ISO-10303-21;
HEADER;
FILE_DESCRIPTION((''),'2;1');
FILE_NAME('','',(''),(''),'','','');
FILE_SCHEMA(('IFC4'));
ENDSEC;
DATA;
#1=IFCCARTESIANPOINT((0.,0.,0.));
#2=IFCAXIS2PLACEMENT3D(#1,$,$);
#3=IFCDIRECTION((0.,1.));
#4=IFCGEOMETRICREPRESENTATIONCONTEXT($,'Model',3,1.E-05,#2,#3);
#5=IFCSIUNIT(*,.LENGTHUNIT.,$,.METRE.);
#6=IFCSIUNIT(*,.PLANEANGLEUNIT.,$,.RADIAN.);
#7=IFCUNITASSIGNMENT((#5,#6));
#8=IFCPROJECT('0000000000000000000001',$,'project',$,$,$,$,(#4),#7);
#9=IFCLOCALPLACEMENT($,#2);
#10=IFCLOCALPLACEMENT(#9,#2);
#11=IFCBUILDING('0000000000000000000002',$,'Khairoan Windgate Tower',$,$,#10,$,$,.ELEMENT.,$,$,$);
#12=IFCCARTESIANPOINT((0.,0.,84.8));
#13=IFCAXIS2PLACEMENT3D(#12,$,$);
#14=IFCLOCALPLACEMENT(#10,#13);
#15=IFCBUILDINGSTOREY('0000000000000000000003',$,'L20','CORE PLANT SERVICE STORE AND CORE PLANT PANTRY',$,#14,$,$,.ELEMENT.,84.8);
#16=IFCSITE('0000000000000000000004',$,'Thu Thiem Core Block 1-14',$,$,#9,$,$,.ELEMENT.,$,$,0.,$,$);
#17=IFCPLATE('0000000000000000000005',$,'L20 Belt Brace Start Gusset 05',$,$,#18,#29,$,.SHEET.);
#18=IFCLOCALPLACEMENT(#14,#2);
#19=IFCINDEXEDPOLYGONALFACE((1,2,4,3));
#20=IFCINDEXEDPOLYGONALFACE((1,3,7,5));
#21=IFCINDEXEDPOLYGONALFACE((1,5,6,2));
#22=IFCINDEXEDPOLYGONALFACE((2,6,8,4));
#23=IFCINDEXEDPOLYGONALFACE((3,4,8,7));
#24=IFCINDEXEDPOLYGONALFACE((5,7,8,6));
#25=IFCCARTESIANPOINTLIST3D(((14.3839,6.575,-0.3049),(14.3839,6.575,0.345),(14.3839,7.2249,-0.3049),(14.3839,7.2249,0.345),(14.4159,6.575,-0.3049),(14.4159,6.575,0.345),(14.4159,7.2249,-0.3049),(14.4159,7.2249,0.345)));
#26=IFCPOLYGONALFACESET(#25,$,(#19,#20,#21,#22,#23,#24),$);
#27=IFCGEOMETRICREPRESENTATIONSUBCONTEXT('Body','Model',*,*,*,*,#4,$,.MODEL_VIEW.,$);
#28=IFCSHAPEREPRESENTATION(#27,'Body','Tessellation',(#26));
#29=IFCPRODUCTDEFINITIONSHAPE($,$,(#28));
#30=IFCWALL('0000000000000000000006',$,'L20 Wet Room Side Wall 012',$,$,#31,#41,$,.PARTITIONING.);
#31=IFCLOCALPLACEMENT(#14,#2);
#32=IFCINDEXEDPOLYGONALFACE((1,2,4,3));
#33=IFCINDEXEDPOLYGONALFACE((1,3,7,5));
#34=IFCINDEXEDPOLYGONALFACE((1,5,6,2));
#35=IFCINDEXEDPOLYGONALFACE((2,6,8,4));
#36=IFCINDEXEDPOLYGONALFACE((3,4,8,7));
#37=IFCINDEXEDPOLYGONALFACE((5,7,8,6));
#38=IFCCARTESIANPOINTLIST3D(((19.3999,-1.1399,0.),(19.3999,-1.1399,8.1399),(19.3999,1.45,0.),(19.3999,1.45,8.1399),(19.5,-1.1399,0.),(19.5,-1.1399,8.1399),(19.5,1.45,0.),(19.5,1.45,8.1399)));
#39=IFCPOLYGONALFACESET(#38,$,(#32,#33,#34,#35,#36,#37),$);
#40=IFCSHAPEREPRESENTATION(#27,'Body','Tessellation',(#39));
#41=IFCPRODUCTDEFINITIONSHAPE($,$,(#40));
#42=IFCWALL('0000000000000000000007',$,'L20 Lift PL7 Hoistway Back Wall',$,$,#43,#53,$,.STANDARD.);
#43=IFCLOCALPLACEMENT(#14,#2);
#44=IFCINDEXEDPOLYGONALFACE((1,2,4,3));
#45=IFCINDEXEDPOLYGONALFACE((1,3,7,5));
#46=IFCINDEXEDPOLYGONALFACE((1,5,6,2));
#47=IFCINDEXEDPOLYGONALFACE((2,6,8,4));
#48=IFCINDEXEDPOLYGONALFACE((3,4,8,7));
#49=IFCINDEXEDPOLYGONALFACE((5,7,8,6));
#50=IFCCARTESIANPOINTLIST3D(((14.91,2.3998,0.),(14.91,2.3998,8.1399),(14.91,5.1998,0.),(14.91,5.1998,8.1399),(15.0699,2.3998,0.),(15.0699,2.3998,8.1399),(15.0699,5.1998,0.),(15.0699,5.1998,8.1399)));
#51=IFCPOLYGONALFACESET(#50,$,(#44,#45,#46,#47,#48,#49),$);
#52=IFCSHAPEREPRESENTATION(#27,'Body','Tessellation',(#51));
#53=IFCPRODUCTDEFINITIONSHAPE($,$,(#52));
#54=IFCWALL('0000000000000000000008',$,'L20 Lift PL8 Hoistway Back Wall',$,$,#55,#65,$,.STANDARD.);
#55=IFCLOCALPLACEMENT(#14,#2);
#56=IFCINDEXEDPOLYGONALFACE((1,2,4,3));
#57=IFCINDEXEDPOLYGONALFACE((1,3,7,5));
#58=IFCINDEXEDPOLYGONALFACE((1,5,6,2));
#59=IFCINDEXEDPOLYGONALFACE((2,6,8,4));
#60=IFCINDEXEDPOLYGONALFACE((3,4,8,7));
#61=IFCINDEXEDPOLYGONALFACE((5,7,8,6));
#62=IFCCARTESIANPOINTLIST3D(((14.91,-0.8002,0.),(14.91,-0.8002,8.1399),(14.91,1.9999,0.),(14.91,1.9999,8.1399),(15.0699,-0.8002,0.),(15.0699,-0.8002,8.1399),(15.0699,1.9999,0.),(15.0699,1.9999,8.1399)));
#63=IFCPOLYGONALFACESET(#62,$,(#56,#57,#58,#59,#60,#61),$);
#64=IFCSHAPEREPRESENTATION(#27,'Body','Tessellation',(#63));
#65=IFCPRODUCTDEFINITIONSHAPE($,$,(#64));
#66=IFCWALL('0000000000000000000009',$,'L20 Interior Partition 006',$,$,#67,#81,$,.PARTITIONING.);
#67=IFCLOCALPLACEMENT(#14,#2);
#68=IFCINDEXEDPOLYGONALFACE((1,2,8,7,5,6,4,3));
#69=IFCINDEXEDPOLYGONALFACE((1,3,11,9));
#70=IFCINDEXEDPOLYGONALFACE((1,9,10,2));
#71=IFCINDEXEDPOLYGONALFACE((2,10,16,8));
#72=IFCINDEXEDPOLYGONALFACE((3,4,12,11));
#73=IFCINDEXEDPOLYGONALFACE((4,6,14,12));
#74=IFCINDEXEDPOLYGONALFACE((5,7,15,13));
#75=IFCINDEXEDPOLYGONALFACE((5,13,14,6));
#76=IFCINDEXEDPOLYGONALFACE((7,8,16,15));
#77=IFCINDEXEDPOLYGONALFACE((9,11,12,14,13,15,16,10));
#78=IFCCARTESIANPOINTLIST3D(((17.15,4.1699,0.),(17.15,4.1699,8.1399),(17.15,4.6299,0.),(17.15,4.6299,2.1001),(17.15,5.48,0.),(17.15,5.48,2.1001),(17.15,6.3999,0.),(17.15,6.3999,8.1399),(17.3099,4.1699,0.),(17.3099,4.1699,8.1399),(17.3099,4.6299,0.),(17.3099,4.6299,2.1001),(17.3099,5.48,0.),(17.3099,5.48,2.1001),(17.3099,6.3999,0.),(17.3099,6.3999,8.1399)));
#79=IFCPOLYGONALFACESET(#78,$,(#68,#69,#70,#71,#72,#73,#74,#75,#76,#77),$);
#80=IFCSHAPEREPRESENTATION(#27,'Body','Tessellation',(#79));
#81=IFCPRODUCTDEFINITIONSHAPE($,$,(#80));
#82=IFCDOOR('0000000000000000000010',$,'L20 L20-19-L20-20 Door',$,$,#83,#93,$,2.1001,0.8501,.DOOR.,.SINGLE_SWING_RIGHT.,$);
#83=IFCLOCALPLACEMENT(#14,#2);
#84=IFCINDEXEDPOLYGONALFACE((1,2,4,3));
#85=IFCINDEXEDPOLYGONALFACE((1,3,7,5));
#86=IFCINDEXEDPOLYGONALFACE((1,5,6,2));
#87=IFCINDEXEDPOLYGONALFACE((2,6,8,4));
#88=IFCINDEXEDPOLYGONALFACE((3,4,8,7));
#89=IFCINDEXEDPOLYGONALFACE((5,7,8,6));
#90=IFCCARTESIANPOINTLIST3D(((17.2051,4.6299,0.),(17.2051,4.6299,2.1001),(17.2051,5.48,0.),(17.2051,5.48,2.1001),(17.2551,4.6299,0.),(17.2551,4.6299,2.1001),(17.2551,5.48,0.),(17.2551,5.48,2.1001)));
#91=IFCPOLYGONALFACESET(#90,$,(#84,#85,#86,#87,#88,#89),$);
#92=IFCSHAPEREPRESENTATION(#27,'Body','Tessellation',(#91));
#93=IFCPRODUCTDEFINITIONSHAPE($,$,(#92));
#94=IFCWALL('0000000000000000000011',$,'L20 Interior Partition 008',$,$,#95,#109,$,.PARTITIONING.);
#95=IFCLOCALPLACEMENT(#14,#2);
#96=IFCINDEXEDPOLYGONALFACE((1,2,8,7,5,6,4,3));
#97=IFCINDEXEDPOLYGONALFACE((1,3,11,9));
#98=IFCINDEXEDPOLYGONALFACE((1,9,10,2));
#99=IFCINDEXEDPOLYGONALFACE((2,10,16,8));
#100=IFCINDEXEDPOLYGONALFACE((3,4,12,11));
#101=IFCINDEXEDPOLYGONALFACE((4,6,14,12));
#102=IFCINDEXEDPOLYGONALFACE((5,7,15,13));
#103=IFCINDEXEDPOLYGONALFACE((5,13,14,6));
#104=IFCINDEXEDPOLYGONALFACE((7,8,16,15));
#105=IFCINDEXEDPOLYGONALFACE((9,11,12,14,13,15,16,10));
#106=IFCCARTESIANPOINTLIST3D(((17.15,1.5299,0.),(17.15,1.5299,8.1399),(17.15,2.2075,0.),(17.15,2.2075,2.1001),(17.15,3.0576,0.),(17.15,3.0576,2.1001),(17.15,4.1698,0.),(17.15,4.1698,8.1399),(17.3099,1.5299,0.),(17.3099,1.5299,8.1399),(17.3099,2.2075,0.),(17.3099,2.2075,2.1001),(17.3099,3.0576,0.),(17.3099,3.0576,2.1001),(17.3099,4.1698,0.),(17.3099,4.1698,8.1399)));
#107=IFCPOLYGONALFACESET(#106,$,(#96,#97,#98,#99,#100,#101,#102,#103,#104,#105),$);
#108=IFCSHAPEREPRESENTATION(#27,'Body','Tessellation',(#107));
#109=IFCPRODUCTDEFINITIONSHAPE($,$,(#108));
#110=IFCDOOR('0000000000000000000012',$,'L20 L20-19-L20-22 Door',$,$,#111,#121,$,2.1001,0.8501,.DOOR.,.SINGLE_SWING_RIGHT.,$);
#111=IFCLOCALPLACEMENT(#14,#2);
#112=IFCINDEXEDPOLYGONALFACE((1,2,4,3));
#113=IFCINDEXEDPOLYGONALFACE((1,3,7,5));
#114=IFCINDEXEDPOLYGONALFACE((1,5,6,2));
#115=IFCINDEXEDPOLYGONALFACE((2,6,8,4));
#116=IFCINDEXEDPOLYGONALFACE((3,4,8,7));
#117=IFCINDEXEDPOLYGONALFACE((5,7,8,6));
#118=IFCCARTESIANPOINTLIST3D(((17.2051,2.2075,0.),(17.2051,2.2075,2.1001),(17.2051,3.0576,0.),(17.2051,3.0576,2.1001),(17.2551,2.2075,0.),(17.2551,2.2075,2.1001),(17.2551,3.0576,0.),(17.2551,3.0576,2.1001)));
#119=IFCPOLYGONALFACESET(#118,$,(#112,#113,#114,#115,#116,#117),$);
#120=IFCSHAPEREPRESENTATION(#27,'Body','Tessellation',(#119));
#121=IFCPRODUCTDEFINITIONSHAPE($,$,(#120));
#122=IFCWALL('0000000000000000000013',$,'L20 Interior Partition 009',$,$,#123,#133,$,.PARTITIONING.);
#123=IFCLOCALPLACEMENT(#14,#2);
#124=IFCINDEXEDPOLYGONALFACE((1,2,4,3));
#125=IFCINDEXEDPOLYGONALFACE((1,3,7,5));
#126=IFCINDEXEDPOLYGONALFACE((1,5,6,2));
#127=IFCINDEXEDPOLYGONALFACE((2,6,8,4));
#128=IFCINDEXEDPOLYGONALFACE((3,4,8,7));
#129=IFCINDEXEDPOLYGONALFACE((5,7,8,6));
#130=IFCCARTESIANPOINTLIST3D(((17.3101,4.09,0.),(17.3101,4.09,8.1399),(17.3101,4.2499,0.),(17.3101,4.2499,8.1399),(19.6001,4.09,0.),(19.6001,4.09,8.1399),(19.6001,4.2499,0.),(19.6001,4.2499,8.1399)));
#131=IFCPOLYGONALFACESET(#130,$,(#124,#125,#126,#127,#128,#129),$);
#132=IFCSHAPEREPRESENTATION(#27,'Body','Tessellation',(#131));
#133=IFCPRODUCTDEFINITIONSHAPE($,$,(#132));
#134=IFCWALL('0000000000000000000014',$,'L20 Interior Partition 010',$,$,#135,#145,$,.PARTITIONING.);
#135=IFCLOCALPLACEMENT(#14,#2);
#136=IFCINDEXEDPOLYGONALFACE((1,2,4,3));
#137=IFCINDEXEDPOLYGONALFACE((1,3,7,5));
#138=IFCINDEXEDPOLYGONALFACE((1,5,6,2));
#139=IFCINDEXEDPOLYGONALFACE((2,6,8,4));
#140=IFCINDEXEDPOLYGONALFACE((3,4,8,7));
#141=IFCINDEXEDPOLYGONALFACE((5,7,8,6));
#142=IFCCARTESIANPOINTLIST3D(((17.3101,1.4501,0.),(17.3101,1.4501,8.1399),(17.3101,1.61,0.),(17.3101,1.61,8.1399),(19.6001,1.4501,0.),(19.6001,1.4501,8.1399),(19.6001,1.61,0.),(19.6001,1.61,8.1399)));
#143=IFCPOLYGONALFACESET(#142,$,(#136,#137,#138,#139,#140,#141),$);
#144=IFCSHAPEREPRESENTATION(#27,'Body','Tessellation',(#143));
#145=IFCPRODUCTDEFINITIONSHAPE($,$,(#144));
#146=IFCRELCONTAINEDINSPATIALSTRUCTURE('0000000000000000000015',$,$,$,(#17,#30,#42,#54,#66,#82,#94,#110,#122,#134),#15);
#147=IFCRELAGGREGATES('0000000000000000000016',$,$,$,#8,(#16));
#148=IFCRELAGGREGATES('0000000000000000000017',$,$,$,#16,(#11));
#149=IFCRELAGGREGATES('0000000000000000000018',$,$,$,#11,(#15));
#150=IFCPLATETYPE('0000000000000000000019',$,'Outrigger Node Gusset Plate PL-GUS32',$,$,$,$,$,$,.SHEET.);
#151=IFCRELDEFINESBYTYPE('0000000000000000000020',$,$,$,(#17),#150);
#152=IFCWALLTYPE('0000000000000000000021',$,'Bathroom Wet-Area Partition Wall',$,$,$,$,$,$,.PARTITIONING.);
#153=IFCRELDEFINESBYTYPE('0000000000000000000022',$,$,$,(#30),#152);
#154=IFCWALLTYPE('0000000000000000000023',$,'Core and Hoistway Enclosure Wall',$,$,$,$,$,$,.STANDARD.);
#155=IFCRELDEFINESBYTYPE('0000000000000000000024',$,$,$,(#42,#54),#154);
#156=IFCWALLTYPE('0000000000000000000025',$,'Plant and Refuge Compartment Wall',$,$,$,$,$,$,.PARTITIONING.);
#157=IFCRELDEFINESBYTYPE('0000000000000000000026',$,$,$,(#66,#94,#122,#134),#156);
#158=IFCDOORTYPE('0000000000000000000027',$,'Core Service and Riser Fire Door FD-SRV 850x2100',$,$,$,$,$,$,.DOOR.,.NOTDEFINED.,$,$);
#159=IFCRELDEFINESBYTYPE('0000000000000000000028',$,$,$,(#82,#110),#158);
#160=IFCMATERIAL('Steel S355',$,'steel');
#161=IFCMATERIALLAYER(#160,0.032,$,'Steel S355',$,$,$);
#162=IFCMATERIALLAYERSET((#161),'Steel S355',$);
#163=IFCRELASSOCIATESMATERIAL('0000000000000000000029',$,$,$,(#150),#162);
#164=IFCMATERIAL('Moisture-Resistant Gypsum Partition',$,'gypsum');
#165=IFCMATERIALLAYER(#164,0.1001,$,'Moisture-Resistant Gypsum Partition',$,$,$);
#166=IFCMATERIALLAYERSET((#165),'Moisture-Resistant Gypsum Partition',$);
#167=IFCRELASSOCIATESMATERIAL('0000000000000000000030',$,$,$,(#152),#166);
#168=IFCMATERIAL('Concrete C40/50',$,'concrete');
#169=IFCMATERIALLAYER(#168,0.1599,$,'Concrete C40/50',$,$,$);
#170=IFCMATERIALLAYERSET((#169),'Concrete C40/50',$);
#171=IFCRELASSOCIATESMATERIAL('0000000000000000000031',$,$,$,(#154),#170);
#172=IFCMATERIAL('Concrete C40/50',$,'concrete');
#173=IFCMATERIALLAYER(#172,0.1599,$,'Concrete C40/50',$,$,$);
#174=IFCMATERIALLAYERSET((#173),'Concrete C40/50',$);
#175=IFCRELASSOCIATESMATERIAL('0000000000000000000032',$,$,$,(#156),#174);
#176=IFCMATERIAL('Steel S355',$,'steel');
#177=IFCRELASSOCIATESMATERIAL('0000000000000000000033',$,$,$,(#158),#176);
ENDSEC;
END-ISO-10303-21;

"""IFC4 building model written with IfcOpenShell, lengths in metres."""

from ifc_helpers import new_model, si_unit, direction, frame, frame_2d, origin, origin_2d, place, context, subcontext, project, spatial, rectangle, extrude, material, layer, layer_set, type_object, element, fill, save


model = new_model("IFC4")

# Units and contexts
model_context = context("Model", 3, precision=1e-05, world=origin(), true_north=direction((0.0, 1.0)))
body_context = subcontext(model_context, "Body", "Model", "MODEL_VIEW")
ifc_project = project(units=[si_unit("LENGTHUNIT", "METRE"), si_unit("PLANEANGLEUNIT", "RADIAN")], contexts=[model_context])

# Site, building, storey
site_placement = place(None, origin())
site = spatial("IfcSite", under=ifc_project, at=site_placement, Name="Thu Thiem Core Block 1-14", CompositionType="ELEMENT", RefElevation=0.0)
building_placement = place(site_placement, origin())
building = spatial("IfcBuilding", under=site, at=building_placement, Name="Khairoan Windgate Tower", CompositionType="ELEMENT")
storey_placement = place(building_placement, frame((0.0, 0.0, 84.8)))
storey = spatial("IfcBuildingStorey", under=building, at=storey_placement, Name="L20", Description="CORE PLANT SERVICE STORE AND CORE PLANT PANTRY", CompositionType="ELEMENT", Elevation=84.8)

# Plate
ifc_material_1 = material(Name="Steel S355", Category="steel")
ifc_layer_1 = layer(ifc_material_1, 0.032, Name="Steel S355")
ifc_layer_set_1 = layer_set([ifc_layer_1], Name="Steel S355")
plate_type_1 = type_object("IfcPlateType", Name="Outrigger Node Gusset Plate PL-GUS32", PredefinedType="SHEET", material=ifc_layer_set_1)
plate_placement = place(storey_placement, frame((14.3999, 6.8999, -0.3049), z_axis=(0.0, 0.0, 1.0), x_axis=(1.0, 0.0, 0.0)))
element("IfcPlate", 1, at=plate_placement, inside=storey, type_object=plate_type_1, Name="L20 Belt Brace Start Gusset 05", PredefinedType="SHEET", context=body_context, shape_type="SweptSolid", body=[
    extrude(rectangle(XDim=0.032, YDim=0.6499, at=origin_2d()), origin(), (0.0, 0.0, 1.0), 0.6499),
])

# Walls
ifc_material_2 = material(Name="Moisture-Resistant Gypsum Partition", Category="gypsum")
ifc_layer_2 = layer(ifc_material_2, 0.1001, Name="Moisture-Resistant Gypsum Partition")
ifc_layer_set_2 = layer_set([ifc_layer_2], Name="Moisture-Resistant Gypsum Partition")
wall_type_1 = type_object("IfcWallType", Name="Bathroom Wet-Area Partition Wall", PredefinedType="PARTITIONING", material=ifc_layer_set_2)
wall_1_placement = place(storey_placement, frame((19.45, 1.45, 0.0), z_axis=(0.0, 0.0, 1.0), x_axis=(0.0, -1.0, 0.0)))
element("IfcWall", 2, at=wall_1_placement, inside=storey, type_object=wall_type_1, Name="L20 Wet Room Side Wall 012", PredefinedType="PARTITIONING", context=body_context, shape_type="SweptSolid", body=[
    extrude(rectangle(XDim=2.5898, YDim=0.1001, at=frame_2d((1.2949, 0.0))), origin(), (0.0, 0.0, 1.0), 8.1399),
])
ifc_material_3 = material(Name="Concrete C40/50", Category="concrete")
ifc_layer_3 = layer(ifc_material_3, 0.1599, Name="Concrete C40/50")
ifc_layer_set_3 = layer_set([ifc_layer_3], Name="Concrete C40/50")
wall_type_2 = type_object("IfcWallType", Name="Core and Hoistway Enclosure Wall", PredefinedType="STANDARD", material=ifc_layer_set_3)
for number, where, z_axis, x_axis, name in (
    (3, (14.99, 2.3999, 0.0), (0.0, 0.0, 1.0), (0.0, 1.0, 0.0), "L20 Lift PL7 Hoistway Back Wall"),
    (4, (14.99, -0.8, 0.0), (0.0, 0.0, 1.0), (0.0, 1.0, 0.0), "L20 Lift PL8 Hoistway Back Wall"),
):
    element("IfcWall", number, at=place(storey_placement, frame(where, z_axis=z_axis, x_axis=x_axis)), inside=storey, type_object=wall_type_2, Name=name, PredefinedType="STANDARD", context=body_context, shape_type="SweptSolid", body=[
        extrude(rectangle(XDim=2.8, YDim=0.1599, at=frame_2d((1.3999, 0.0))), origin(), (0.0, 0.0, 1.0), 8.1399),
    ])

# Walls, openings, doors
ifc_material_4 = material(Name="Concrete C40/50", Category="concrete")
ifc_layer_4 = layer(ifc_material_4, 0.1599, Name="Concrete C40/50")
ifc_layer_set_4 = layer_set([ifc_layer_4], Name="Concrete C40/50")
wall_type_3 = type_object("IfcWallType", Name="Plant and Refuge Compartment Wall", PredefinedType="PARTITIONING", material=ifc_layer_set_4)
wall_2_placement = place(storey_placement, frame((17.23, 4.1699, 0.0), z_axis=(0.0, 0.0, 1.0), x_axis=(0.0, 1.0, 0.0)))
wall_2 = element("IfcWall", 5, at=wall_2_placement, inside=storey, type_object=wall_type_3, Name="L20 Interior Partition 006", PredefinedType="PARTITIONING", context=body_context, shape_type="SweptSolid", body=[
    extrude(rectangle(XDim=2.23, YDim=0.1599, at=frame_2d((1.115, 0.0))), origin(), (0.0, 0.0, 1.0), 8.1399),
])
opening_1_placement = place(wall_2_placement, frame((0.46, 0.0, 0.0)))
opening_1 = element("IfcOpeningElement", 6, at=opening_1_placement, cuts=wall_2, PredefinedType="OPENING", context=body_context, shape_type="SweptSolid", body=[
    extrude(rectangle(XDim=0.8501, YDim=2.1001, at=frame_2d((0.425, 1.05))), frame((0.0, 0.0898, 0.0), z_axis=(0.0, -1.0, 0.0), x_axis=(1.0, 0.0, 0.0)), (0.0, 0.0, 1.0), 0.1799),
])
ifc_material_5 = material(Name="Steel S355", Category="steel")
door_type = type_object("IfcDoorType", Name="Core Service and Riser Fire Door FD-SRV 850x2100", OperationType="NOTDEFINED", PredefinedType="DOOR", material=ifc_material_5)
door_1_placement = place(opening_1_placement, origin())
door_1 = element("IfcDoor", 7, at=door_1_placement, inside=storey, type_object=door_type, Name="L20 L20-19-L20-20 Door", OperationType="SINGLE_SWING_RIGHT", OverallHeight=2.1001, OverallWidth=0.8501, PredefinedType="DOOR", context=body_context, shape_type="SweptSolid", body=[
    extrude(rectangle(XDim=0.8501, YDim=2.1001, at=frame_2d((0.425, 1.05))), frame((0.0, 0.0249, 0.0), z_axis=(0.0, -1.0, 0.0), x_axis=(1.0, 0.0, 0.0)), (0.0, 0.0, 1.0), 0.05),
])
fill(opening_1, door_1)
wall_3_placement = place(storey_placement, frame((17.23, 1.53, 0.0), z_axis=(0.0, 0.0, 1.0), x_axis=(0.0, 1.0, 0.0)))
wall_3 = element("IfcWall", 8, at=wall_3_placement, inside=storey, type_object=wall_type_3, Name="L20 Interior Partition 008", PredefinedType="PARTITIONING", context=body_context, shape_type="SweptSolid", body=[
    extrude(rectangle(XDim=2.6399, YDim=0.1599, at=frame_2d((1.3198, 0.0))), origin(), (0.0, 0.0, 1.0), 8.1399),
])
opening_2_placement = place(wall_3_placement, frame((0.6775, 0.0, 0.0)))
opening_2 = element("IfcOpeningElement", 9, at=opening_2_placement, cuts=wall_3, PredefinedType="OPENING", context=body_context, shape_type="SweptSolid", body=[
    extrude(rectangle(XDim=0.8501, YDim=2.1001, at=frame_2d((0.425, 1.05))), frame((0.0, 0.0898, 0.0), z_axis=(0.0, -1.0, 0.0), x_axis=(1.0, 0.0, 0.0)), (0.0, 0.0, 1.0), 0.1799),
])
door_2_placement = place(opening_2_placement, origin())
door_2 = element("IfcDoor", 10, at=door_2_placement, inside=storey, type_object=door_type, Name="L20 L20-19-L20-22 Door", OperationType="SINGLE_SWING_RIGHT", OverallHeight=2.1001, OverallWidth=0.8501, PredefinedType="DOOR", context=body_context, shape_type="SweptSolid", body=[
    extrude(rectangle(XDim=0.8501, YDim=2.1001, at=frame_2d((0.425, 1.05))), frame((0.0, 0.0249, 0.0), z_axis=(0.0, -1.0, 0.0), x_axis=(1.0, 0.0, 0.0)), (0.0, 0.0, 1.0), 0.05),
])
fill(opening_2, door_2)

# Walls
for number, where, z_axis, x_axis, name in (
    (11, (17.3101, 4.1699, 0.0), (0.0, 0.0, 1.0), (1.0, 0.0, 0.0), "L20 Interior Partition 009"),
    (12, (17.3101, 1.53, 0.0), (0.0, 0.0, 1.0), (1.0, 0.0, 0.0), "L20 Interior Partition 010"),
):
    element("IfcWall", number, at=place(storey_placement, frame(where, z_axis=z_axis, x_axis=x_axis)), inside=storey, type_object=wall_type_3, Name=name, PredefinedType="PARTITIONING", context=body_context, shape_type="SweptSolid", body=[
        extrude(rectangle(XDim=2.29, YDim=0.1599, at=frame_2d((1.145, 0.0))), origin(), (0.0, 0.0, 1.0), 8.1399),
    ])

save(model, "model.ifc")
